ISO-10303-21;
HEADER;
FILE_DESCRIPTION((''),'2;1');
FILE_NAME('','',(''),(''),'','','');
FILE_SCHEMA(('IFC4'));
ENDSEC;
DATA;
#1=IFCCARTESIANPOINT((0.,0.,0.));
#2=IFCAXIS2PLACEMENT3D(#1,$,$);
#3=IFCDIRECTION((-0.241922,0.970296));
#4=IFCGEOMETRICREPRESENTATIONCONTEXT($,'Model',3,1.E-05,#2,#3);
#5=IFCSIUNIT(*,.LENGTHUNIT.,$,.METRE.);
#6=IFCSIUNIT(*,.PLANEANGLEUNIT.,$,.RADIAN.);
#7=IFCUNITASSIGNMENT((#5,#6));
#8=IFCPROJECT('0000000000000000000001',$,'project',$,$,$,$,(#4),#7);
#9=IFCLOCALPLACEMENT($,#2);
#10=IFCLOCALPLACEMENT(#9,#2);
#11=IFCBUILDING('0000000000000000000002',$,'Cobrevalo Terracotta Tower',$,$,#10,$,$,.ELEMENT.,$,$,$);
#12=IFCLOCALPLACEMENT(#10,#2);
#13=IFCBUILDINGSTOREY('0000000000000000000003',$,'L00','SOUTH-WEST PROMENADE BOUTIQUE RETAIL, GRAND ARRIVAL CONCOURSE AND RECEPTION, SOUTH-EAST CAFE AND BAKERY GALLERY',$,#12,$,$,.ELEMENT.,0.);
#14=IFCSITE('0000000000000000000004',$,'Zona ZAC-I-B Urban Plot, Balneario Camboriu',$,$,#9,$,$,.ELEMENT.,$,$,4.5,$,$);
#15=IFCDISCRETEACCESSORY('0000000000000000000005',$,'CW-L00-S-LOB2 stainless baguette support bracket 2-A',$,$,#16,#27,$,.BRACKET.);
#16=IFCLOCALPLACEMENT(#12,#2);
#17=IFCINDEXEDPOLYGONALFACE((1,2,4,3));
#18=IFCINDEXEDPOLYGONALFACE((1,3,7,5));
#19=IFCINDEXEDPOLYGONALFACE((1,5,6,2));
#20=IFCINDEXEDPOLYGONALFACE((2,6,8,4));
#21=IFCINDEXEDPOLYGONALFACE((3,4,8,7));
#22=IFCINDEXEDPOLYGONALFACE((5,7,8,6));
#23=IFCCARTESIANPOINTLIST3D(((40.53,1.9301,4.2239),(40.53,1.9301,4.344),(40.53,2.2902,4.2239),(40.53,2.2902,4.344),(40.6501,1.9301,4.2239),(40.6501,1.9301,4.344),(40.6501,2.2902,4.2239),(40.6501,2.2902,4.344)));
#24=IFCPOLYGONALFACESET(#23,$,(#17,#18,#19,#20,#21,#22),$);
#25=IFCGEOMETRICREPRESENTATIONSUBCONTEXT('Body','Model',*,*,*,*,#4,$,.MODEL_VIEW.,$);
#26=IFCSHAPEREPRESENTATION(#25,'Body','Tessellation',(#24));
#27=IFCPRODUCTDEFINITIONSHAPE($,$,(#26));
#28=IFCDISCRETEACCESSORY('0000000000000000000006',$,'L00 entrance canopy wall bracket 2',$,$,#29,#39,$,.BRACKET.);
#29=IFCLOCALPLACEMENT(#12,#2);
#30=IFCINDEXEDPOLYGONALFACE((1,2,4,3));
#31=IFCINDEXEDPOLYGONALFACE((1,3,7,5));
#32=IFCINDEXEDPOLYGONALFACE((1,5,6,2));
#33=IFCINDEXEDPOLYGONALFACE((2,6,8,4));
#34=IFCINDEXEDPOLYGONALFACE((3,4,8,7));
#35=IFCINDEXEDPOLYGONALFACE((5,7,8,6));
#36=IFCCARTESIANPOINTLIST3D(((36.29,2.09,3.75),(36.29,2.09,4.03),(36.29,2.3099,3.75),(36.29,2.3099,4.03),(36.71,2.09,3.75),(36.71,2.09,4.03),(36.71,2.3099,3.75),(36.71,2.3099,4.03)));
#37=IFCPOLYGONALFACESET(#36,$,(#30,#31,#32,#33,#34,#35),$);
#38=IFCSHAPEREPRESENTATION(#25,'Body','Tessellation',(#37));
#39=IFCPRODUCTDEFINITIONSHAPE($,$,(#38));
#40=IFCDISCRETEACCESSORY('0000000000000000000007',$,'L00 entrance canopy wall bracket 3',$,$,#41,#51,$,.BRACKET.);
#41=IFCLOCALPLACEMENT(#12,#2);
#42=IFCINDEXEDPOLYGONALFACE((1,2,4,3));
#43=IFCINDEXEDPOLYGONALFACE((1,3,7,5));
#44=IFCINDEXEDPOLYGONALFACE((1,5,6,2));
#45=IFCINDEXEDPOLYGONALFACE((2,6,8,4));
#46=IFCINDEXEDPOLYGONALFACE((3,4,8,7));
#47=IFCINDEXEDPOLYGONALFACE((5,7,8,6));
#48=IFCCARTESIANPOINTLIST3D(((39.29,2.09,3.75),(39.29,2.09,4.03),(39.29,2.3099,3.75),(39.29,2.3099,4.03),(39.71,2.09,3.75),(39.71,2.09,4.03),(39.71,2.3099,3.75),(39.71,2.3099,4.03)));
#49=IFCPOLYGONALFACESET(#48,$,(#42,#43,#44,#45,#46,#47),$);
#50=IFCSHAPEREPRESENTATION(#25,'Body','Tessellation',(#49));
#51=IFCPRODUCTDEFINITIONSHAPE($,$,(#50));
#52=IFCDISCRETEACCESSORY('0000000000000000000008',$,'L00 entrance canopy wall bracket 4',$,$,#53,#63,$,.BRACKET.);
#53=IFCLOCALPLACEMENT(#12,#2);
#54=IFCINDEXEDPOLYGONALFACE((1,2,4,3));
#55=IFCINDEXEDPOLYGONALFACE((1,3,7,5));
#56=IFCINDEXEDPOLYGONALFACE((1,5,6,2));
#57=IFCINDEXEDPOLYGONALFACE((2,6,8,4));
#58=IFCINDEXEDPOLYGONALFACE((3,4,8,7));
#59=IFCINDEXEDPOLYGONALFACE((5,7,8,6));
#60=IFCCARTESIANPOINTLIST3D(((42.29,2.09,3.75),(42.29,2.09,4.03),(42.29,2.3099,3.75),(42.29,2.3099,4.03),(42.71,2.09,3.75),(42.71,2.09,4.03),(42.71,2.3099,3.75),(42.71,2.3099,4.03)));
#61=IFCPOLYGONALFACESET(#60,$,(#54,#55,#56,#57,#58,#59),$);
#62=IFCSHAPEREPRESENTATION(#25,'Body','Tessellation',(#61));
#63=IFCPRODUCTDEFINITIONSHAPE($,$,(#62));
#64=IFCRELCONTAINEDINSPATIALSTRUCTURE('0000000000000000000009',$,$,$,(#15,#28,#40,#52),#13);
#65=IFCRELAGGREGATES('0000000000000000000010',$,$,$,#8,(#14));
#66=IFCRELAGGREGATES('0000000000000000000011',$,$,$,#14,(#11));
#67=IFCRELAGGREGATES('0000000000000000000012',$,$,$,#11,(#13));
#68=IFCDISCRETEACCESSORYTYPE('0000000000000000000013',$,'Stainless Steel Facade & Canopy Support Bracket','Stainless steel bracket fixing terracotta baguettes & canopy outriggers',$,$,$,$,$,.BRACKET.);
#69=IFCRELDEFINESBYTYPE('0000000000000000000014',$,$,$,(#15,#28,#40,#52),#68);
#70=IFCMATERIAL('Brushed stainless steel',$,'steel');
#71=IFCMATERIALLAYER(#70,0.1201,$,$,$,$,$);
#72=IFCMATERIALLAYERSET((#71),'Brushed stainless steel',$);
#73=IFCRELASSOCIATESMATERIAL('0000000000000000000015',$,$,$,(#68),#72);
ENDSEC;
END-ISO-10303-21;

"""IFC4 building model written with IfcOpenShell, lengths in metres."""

from ifc_helpers import new_model, si_unit, direction, frame, origin, origin_2d, place, context, subcontext, project, spatial, rectangle, extrude, source, transform, mapped, material, layer, layer_set, type_object, element, save


model = new_model("IFC4")

# Units and contexts
model_context = context("Model", 3, precision=1e-05, world=origin(), true_north=direction((-0.241922, 0.970296)))
body_context = subcontext(model_context, "Body", "Model", "MODEL_VIEW")
ifc_project = project(units=[si_unit("LENGTHUNIT", "METRE"), si_unit("PLANEANGLEUNIT", "RADIAN")], contexts=[model_context])

# Site, building, storey
site_placement = place(None, origin())
site = spatial("IfcSite", under=ifc_project, at=site_placement, Name="Zona ZAC-I-B Urban Plot, Balneario Camboriu", CompositionType="ELEMENT", RefElevation=4.5)
building_placement = place(site_placement, origin())
building = spatial("IfcBuilding", under=site, at=building_placement, Name="Cobrevalo Terracotta Tower", CompositionType="ELEMENT")
storey_placement = place(building_placement, origin())
storey = spatial("IfcBuildingStorey", under=building, at=storey_placement, Name="L00", Description="SOUTH-WEST PROMENADE BOUTIQUE RETAIL, GRAND ARRIVAL CONCOURSE AND RECEPTION, SOUTH-EAST CAFE AND BAKERY GALLERY", CompositionType="ELEMENT", Elevation=0.0)

# Discrete accessories
ifc_material_1 = material(Name="Brushed stainless steel", Category="steel")
ifc_layer_1 = layer(ifc_material_1, 0.1201)
ifc_layer_set_1 = layer_set([ifc_layer_1], Name="Brushed stainless steel")
discrete_accessory_type = type_object("IfcDiscreteAccessoryType", Name="Stainless Steel Facade & Canopy Support Bracket", Description="Stainless steel bracket fixing terracotta baguettes & canopy outriggers", PredefinedType="BRACKET", material=ifc_layer_set_1)
shared_shape_1 = source(origin(), body_context, "Body", "SweptSolid", [
    extrude(rectangle(XDim=0.1201, YDim=0.3601, at=origin_2d()), origin(), (0.0, 0.0, 1.0), 0.1201),
])
for number, where, z_axis, x_axis, name in (
    (1, (40.5901, 2.1101, 4.2239), (0.0, 0.0, 1.0), (1.0, 0.0, 0.0), "CW-L00-S-LOB2 stainless baguette support bracket 2-A"),
):
    element("IfcDiscreteAccessory", number, at=place(storey_placement, frame(where, z_axis=z_axis, x_axis=x_axis)), inside=storey, type_object=discrete_accessory_type, Name=name, PredefinedType="BRACKET", context=body_context, shape_type="MappedRepresentation", body=[
        mapped(shared_shape_1, transform((0.0, 0.0, 0.0), scale=1.0)),
    ])
shared_shape_2 = source(origin(), body_context, "Body", "SweptSolid", [
    extrude(rectangle(XDim=0.22, YDim=0.4199, at=origin_2d()), origin(), (0.0, 0.0, 1.0), 0.28),
])
for number, where, z_axis, x_axis, name in (
    (2, (36.5, 2.2, 3.75), (0.0, 0.0, 1.0), (0.0, 1.0, 0.0), "L00 entrance canopy wall bracket 2"),
    (3, (39.5, 2.2, 3.75), (0.0, 0.0, 1.0), (0.0, 1.0, 0.0), "L00 entrance canopy wall bracket 3"),
    (4, (42.5, 2.2, 3.75), (0.0, 0.0, 1.0), (0.0, 1.0, 0.0), "L00 entrance canopy wall bracket 4"),
):
    element("IfcDiscreteAccessory", number, at=place(storey_placement, frame(where, z_axis=z_axis, x_axis=x_axis)), inside=storey, type_object=discrete_accessory_type, Name=name, PredefinedType="BRACKET", context=body_context, shape_type="MappedRepresentation", body=[
        mapped(shared_shape_2, transform((0.0, 0.0, 0.0), scale=1.0)),
    ])

save(model, "model.ifc")
